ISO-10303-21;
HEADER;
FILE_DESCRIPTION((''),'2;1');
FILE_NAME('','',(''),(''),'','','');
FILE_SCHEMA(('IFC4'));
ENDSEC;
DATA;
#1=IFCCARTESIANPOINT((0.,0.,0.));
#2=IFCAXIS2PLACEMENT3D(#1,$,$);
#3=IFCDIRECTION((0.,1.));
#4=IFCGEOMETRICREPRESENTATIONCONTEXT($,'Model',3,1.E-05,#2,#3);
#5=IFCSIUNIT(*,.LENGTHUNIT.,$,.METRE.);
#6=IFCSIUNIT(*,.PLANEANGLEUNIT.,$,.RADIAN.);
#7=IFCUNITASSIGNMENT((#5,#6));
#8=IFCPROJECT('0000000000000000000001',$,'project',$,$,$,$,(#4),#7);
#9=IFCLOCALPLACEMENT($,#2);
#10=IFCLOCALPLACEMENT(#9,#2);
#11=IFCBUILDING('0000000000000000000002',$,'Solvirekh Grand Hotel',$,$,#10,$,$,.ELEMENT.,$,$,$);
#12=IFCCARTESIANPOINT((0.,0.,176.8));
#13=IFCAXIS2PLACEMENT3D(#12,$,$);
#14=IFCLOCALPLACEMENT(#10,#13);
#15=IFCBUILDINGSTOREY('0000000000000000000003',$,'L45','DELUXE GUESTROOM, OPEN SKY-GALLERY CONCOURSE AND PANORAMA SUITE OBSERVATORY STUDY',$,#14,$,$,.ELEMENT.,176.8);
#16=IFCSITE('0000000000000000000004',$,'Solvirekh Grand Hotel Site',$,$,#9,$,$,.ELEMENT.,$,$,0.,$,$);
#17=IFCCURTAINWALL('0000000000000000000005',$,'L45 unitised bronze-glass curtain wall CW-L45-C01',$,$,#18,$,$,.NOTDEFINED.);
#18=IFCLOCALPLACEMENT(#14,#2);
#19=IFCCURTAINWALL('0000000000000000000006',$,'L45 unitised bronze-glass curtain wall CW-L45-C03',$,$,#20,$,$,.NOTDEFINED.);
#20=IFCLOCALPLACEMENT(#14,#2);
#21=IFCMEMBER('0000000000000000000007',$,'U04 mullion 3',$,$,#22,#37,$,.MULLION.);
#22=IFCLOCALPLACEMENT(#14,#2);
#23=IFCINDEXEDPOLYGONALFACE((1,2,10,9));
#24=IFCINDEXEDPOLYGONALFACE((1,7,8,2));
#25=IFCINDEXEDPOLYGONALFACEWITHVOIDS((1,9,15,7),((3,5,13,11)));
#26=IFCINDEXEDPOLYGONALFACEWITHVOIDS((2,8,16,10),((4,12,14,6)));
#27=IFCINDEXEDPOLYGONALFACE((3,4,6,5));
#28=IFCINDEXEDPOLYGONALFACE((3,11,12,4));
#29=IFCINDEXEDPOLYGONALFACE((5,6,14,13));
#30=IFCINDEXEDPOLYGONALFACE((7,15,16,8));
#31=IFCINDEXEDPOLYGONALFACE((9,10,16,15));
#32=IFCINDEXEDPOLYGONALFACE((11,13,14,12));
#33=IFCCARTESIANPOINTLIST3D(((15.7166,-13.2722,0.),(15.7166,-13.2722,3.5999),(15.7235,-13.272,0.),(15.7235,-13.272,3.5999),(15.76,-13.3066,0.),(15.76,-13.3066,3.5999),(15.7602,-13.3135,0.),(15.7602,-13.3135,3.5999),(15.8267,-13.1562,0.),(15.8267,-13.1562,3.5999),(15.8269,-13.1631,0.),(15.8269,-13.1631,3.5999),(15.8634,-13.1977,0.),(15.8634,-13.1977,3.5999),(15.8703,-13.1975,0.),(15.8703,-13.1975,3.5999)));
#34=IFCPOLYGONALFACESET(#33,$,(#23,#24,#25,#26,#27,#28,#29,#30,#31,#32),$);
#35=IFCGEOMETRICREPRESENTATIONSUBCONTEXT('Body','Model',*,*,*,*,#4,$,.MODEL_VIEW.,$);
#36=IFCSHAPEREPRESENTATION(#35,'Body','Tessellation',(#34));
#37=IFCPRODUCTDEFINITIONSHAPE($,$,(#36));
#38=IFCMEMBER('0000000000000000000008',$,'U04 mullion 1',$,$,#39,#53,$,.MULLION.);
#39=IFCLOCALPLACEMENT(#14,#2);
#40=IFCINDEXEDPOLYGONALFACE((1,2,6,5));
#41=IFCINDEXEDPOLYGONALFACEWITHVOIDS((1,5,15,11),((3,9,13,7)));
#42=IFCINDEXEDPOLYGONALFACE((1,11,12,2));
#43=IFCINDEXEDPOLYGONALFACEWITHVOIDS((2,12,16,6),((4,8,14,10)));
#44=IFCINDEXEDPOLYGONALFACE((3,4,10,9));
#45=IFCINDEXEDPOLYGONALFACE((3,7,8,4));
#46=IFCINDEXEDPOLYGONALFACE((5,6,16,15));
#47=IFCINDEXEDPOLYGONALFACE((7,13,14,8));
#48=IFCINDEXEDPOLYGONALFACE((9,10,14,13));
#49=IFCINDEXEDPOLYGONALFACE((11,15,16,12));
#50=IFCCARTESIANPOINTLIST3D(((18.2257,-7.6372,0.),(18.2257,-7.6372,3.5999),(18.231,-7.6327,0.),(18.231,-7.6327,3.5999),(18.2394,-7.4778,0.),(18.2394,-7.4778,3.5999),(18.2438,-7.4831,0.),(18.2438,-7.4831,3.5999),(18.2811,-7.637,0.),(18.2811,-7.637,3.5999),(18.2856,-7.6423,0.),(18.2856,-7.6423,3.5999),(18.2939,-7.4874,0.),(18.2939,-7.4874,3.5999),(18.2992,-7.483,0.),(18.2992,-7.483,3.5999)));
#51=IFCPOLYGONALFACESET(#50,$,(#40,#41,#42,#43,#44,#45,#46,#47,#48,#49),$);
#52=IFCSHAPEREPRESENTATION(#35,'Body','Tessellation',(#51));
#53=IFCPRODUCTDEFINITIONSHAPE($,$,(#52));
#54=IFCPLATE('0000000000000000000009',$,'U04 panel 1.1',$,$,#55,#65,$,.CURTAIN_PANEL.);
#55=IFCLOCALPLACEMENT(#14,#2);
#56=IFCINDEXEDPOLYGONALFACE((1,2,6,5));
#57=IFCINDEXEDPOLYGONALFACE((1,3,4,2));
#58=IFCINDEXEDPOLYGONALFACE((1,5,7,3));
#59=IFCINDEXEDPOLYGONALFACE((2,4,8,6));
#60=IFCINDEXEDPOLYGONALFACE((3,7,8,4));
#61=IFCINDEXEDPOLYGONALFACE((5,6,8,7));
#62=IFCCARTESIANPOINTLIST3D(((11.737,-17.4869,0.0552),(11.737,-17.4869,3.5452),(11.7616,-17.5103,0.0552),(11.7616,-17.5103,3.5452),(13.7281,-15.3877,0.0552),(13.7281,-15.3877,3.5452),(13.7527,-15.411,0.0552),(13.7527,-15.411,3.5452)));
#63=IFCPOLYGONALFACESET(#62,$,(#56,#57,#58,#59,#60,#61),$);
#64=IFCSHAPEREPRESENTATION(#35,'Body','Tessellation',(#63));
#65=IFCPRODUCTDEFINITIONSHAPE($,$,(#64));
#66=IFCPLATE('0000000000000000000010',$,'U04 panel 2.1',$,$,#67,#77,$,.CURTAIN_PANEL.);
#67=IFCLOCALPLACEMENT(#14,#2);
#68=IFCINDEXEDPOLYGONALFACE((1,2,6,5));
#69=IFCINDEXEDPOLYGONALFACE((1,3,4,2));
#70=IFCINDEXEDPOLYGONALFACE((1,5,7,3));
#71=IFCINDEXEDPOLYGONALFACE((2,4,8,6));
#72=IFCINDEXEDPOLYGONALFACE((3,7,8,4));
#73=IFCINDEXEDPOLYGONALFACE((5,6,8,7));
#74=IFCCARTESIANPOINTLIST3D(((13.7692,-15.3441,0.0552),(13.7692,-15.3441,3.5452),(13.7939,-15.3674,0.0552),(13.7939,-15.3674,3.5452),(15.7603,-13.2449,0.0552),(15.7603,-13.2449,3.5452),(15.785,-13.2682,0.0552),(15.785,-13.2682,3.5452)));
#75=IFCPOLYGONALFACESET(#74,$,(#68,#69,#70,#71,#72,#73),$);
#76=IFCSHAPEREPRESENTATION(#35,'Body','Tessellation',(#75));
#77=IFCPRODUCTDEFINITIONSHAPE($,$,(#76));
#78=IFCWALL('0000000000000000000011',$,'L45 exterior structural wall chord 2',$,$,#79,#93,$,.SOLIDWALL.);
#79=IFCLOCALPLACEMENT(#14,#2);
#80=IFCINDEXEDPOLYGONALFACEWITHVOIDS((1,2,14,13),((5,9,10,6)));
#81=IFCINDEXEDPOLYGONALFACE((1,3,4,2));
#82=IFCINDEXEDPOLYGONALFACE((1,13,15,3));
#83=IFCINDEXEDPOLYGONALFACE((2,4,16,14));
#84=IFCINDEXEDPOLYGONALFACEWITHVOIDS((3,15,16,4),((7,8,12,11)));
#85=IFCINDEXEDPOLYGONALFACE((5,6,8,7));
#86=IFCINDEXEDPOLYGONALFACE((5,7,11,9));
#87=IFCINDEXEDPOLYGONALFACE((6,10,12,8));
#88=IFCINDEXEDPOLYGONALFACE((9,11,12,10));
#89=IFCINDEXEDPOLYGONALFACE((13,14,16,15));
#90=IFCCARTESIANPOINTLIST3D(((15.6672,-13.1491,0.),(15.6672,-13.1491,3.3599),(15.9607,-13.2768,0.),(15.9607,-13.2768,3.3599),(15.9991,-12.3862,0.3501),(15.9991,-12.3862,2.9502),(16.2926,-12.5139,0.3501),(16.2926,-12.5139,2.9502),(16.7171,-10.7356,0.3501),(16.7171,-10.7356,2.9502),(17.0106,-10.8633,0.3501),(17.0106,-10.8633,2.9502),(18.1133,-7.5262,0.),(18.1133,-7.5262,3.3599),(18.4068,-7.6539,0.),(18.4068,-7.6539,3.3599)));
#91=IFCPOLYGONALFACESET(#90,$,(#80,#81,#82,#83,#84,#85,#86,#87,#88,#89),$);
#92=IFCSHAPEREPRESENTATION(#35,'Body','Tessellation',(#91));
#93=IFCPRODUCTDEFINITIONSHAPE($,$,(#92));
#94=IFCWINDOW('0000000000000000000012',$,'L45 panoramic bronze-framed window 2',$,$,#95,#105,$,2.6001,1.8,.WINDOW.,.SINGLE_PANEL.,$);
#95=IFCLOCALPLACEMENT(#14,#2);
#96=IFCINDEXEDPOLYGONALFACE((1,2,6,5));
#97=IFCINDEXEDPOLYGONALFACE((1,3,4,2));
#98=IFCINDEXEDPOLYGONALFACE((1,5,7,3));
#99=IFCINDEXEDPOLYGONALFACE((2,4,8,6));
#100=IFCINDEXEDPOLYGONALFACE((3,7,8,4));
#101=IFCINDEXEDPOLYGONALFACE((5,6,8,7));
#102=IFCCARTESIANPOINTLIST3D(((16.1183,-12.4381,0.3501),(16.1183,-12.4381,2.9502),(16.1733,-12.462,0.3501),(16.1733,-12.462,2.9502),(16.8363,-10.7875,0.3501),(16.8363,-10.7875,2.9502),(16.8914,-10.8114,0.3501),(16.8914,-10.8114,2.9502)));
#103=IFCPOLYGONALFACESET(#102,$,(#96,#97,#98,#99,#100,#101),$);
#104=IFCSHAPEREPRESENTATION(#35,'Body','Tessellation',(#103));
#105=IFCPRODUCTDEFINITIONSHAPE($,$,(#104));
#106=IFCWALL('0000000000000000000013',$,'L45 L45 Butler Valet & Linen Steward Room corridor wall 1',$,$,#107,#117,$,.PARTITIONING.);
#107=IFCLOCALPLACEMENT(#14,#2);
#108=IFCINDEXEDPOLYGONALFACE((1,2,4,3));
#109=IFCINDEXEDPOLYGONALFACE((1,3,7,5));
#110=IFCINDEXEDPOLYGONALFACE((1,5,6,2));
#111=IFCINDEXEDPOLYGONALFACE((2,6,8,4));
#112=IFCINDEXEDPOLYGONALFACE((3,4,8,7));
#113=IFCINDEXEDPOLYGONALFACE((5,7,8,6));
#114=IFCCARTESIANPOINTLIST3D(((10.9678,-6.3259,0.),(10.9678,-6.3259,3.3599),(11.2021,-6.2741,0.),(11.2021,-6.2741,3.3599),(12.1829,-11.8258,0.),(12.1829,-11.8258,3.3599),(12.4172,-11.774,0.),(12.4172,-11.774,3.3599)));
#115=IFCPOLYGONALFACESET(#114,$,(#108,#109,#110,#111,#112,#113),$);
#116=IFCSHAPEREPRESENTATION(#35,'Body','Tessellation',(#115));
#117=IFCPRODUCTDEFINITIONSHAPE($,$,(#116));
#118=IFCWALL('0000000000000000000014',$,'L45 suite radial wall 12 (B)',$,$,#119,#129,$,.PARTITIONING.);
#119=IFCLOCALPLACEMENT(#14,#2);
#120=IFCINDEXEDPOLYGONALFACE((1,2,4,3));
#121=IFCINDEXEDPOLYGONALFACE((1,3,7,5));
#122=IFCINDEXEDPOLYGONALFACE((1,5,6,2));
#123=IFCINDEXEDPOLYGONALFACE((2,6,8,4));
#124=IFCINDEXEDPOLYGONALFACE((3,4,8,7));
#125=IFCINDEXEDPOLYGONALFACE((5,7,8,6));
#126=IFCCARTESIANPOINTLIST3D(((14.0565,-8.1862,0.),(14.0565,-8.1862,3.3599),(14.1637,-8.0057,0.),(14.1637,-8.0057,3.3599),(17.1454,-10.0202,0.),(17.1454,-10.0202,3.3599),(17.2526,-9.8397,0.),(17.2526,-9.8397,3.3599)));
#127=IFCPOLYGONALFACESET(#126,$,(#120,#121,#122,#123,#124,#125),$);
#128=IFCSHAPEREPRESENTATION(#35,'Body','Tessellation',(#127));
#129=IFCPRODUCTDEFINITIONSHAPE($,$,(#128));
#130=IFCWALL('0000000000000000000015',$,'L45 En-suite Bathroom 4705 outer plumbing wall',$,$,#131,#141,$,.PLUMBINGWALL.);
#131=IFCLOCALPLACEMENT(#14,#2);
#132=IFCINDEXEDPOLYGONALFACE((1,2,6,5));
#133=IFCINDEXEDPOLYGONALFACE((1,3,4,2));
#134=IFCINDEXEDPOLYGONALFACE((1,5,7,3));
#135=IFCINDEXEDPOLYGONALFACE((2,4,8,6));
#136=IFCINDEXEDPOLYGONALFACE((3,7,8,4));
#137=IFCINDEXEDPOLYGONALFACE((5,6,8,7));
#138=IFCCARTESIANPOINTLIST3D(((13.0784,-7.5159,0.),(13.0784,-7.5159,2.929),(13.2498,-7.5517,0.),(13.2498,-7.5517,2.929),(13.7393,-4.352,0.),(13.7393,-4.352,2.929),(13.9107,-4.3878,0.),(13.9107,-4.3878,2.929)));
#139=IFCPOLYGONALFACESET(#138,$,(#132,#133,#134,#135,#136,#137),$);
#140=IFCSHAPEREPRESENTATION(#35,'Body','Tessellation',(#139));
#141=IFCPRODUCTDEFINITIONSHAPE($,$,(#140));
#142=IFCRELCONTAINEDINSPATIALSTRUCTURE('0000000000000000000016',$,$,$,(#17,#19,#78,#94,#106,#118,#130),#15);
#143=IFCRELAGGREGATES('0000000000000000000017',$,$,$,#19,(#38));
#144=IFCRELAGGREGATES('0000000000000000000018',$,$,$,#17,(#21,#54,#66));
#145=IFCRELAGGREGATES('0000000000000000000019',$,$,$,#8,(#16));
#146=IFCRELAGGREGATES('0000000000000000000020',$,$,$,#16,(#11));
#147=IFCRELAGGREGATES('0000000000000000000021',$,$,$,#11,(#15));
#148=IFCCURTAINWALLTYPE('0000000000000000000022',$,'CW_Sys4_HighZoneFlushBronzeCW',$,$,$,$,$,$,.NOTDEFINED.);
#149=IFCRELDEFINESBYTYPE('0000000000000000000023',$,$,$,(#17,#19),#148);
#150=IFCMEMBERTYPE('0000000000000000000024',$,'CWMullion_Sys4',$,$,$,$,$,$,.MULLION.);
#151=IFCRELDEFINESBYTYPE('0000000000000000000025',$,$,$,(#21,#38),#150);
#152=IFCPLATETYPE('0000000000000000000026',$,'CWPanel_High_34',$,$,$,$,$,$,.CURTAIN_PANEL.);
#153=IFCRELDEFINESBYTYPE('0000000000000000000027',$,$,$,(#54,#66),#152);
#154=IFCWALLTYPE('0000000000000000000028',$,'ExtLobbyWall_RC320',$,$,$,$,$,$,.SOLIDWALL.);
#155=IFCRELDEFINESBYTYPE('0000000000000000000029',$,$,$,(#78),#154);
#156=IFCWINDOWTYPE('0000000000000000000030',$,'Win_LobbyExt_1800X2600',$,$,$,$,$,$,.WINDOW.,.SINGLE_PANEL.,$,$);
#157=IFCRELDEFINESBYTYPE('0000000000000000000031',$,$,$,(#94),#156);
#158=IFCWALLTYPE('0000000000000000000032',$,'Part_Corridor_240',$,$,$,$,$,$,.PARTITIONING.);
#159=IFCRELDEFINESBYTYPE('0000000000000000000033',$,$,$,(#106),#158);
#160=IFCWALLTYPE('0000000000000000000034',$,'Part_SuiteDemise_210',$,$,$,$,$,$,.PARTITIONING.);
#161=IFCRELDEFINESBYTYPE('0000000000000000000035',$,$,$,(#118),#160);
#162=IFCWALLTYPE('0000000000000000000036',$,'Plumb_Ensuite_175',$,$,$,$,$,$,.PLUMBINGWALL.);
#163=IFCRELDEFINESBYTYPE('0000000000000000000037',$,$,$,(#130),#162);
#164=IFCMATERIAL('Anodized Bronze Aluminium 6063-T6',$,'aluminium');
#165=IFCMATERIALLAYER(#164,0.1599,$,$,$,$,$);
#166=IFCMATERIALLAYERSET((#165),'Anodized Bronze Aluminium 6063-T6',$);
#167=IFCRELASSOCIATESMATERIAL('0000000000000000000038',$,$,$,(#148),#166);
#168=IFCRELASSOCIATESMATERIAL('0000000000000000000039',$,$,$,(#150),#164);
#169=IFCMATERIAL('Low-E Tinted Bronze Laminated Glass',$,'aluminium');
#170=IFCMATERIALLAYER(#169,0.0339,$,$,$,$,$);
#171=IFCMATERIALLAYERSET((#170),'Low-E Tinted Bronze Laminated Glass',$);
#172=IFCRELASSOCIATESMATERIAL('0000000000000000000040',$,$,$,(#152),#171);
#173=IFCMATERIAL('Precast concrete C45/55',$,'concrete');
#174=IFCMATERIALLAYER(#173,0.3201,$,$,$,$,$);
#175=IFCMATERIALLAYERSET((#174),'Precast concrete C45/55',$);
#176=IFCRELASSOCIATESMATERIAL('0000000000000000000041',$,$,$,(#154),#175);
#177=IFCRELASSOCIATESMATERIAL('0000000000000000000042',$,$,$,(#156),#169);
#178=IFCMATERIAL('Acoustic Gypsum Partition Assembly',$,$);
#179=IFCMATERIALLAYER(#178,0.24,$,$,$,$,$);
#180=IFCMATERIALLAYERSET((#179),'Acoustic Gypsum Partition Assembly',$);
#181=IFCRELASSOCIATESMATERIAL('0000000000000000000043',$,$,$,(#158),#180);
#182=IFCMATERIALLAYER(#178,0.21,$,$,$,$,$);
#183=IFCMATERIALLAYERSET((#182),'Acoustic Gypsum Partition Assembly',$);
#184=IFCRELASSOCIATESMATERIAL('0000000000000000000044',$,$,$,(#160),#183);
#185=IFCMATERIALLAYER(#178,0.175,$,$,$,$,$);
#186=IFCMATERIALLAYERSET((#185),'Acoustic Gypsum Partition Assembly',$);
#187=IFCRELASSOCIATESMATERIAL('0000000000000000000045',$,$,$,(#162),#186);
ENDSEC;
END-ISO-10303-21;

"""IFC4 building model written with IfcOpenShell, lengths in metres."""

from ifc_helpers import new_model, si_unit, direction, frame, frame_2d, origin, origin_2d, place, context, subcontext, project, spatial, rectangle, hollow_rectangle, extrude, source, transform, mapped, material, layer, layer_set, material_profile, profile_set, type_object, element, fill, aggregate, save


model = new_model("IFC4")

# Units and contexts
model_context = context("Model", 3, precision=1e-05, world=origin(), true_north=direction((0.0, 1.0)))
body_context = subcontext(model_context, "Body", "Model", "MODEL_VIEW")
ifc_project = project(units=[si_unit("LENGTHUNIT", "METRE"), si_unit("PLANEANGLEUNIT", "RADIAN")], contexts=[model_context])

# Site, building, storey
site_placement = place(None, origin())
site = spatial("IfcSite", under=ifc_project, at=site_placement, Name="Solvirekh Grand Hotel Site", CompositionType="ELEMENT", RefElevation=0.0)
building_placement = place(site_placement, origin())
building = spatial("IfcBuilding", under=site, at=building_placement, Name="Solvirekh Grand Hotel", CompositionType="ELEMENT")
storey_placement = place(building_placement, frame((0.0, 0.0, 176.8)))
storey = spatial("IfcBuildingStorey", under=building, at=storey_placement, Name="L45", Description="DELUXE GUESTROOM, OPEN SKY-GALLERY CONCOURSE AND PANORAMA SUITE OBSERVATORY STUDY", CompositionType="ELEMENT", Elevation=176.8)

# Curtain walls
ifc_material_1 = material(Name="Anodized Bronze Aluminium 6063-T6", Category="aluminium")
ifc_layer_1 = layer(ifc_material_1, 0.1599)
ifc_layer_set_1 = layer_set([ifc_layer_1], Name="Anodized Bronze Aluminium 6063-T6")
curtain_wall_type = type_object("IfcCurtainWallType", Name="CW_Sys4_HighZoneFlushBronzeCW", PredefinedType="NOTDEFINED", material=ifc_layer_set_1)
curtain_wall_1_placement = place(storey_placement, origin())
curtain_wall_1 = element("IfcCurtainWall", 1, at=curtain_wall_1_placement, inside=storey, type_object=curtain_wall_type, Name="L45 unitised bronze-glass curtain wall CW-L45-C01", PredefinedType="NOTDEFINED")
curtain_wall_2_placement = place(storey_placement, origin())
curtain_wall_2 = element("IfcCurtainWall", 2, at=curtain_wall_2_placement, inside=storey, type_object=curtain_wall_type, Name="L45 unitised bronze-glass curtain wall CW-L45-C03", PredefinedType="NOTDEFINED")

# Members
ifc_material_profile_1 = material_profile(ifc_material_1, hollow_rectangle(XDim=0.0601, YDim=0.1599, WallThickness=0.0049, at=origin_2d()), Name="ALU RHS 160X60X5")
ifc_profile_set_1 = profile_set([ifc_material_profile_1], Name="Anodized Bronze Aluminium 6063-T6")
member_type_1 = type_object("IfcMemberType", Name="CWMullion_Sys4", PredefinedType="MULLION", material=ifc_profile_set_1)
shared_shape_1 = source(origin(), body_context, "Body", "SweptSolid", [
    extrude(hollow_rectangle(XDim=0.0601, YDim=0.1599, WallThickness=0.0049, at=origin_2d()), origin(), (0.0, 0.0, 1.0), 3.5999),
])
member_1_placement = place(storey_placement, frame((15.7935, -13.2349, 0.0), z_axis=(0.0, 0.0, 1.0), x_axis=(-0.725547, 0.688172, 0.0)))
member_1 = element("IfcMember", 3, at=member_1_placement, type_object=member_type_1, Name="U04 mullion 3", PredefinedType="MULLION", context=body_context, shape_type="MappedRepresentation", body=[
    mapped(shared_shape_1, transform((0.0, 0.0, 0.0), x_axis=(1.0, 0.0, 0.0), y_axis=(0.0, 1.0, 0.0), z_axis=(0.0, 0.0, 1.0), scale=1.0)),
])
member_2_placement = place(storey_placement, frame((18.2625, -7.5601, 0.0), z_axis=(0.0, 0.0, 1.0), x_axis=(-0.996355, 0.085299, 0.0)))
member_2 = element("IfcMember", 4, at=member_2_placement, type_object=member_type_1, Name="U04 mullion 1", PredefinedType="MULLION", context=body_context, shape_type="MappedRepresentation", body=[
    mapped(shared_shape_1, transform((0.0, 0.0, 0.0), x_axis=(1.0, 0.0, 0.0), y_axis=(0.0, 1.0, 0.0), z_axis=(0.0, 0.0, 1.0), scale=1.0)),
])
aggregate(curtain_wall_2, [member_2])

# Plates
ifc_material_2 = material(Name="Low-E Tinted Bronze Laminated Glass", Category="aluminium")
ifc_layer_2 = layer(ifc_material_2, 0.0339)
ifc_layer_set_2 = layer_set([ifc_layer_2], Name="Low-E Tinted Bronze Laminated Glass")
plate_type = type_object("IfcPlateType", Name="CWPanel_High_34", PredefinedType="CURTAIN_PANEL", material=ifc_layer_set_2)
shared_shape_2 = source(origin(), body_context, "Body", "SweptSolid", [
    extrude(rectangle(XDim=2.8933, YDim=0.0339, at=origin_2d()), origin(), (0.0, 0.0, 1.0), 3.49),
])
plate_1_placement = place(storey_placement, frame((12.7449, -16.449, 0.0552), z_axis=(0.0, 0.0, 1.0), x_axis=(0.688172, 0.725547, 0.0)))
plate_1 = element("IfcPlate", 5, at=plate_1_placement, type_object=plate_type, Name="U04 panel 1.1", PredefinedType="CURTAIN_PANEL", context=body_context, shape_type="MappedRepresentation", body=[
    mapped(shared_shape_2, transform((0.0, 0.0, 0.0), x_axis=(1.0, 0.0, 0.0), y_axis=(0.0, 1.0, 0.0), z_axis=(0.0, 0.0, 1.0), scale=1.0)),
])
plate_2_placement = place(storey_placement, frame((14.7771, -14.3062, 0.0552), z_axis=(0.0, 0.0, 1.0), x_axis=(0.688172, 0.725547, 0.0)))
plate_2 = element("IfcPlate", 6, at=plate_2_placement, type_object=plate_type, Name="U04 panel 2.1", PredefinedType="CURTAIN_PANEL", context=body_context, shape_type="MappedRepresentation", body=[
    mapped(shared_shape_2, transform((0.0, 0.0, 0.0), x_axis=(1.0, 0.0, 0.0), y_axis=(0.0, 1.0, 0.0), z_axis=(0.0, 0.0, 1.0), scale=1.0)),
])
aggregate(curtain_wall_1, [member_1, plate_1, plate_2])

# Wall, opening, window
ifc_material_3 = material(Name="Precast concrete C45/55", Category="concrete")
ifc_layer_3 = layer(ifc_material_3, 0.3201)
ifc_layer_set_3 = layer_set([ifc_layer_3], Name="Precast concrete C45/55")
wall_type_1 = type_object("IfcWallType", Name="ExtLobbyWall_RC320", PredefinedType="SOLIDWALL", material=ifc_layer_set_3)
wall_1_placement = place(storey_placement, frame((18.26, -7.5901, 0.0), z_axis=(0.0, 0.0, 1.0), x_axis=(-0.398911, -0.91699, 0.0)))
wall_1 = element("IfcWall", 7, at=wall_1_placement, inside=storey, type_object=wall_type_1, Name="L45 exterior structural wall chord 2", PredefinedType="SOLIDWALL", context=body_context, shape_type="SweptSolid", body=[
    extrude(rectangle(XDim=6.1318, YDim=0.3201, at=frame_2d((3.0659, 0.0))), origin(), (0.0, 0.0, 1.0), 3.3599),
])
opening_placement = place(wall_1_placement, frame((3.5, 0.0, 0.3501)))
opening = element("IfcOpeningElement", 8, at=opening_placement, cuts=wall_1, PredefinedType="OPENING", context=body_context, shape_type="SweptSolid", body=[
    extrude(rectangle(XDim=1.8, YDim=2.6001, at=frame_2d((0.8999, 1.3))), frame((0.0, 0.1699, 0.0), z_axis=(0.0, -1.0, 0.0), x_axis=(1.0, 0.0, 0.0)), (0.0, 0.0, 1.0), 0.3401),
])
window_type = type_object("IfcWindowType", Name="Win_LobbyExt_1800X2600", PartitioningType="SINGLE_PANEL", PredefinedType="WINDOW", material=ifc_material_2)
window_placement = place(opening_placement, origin())
window = element("IfcWindow", 9, at=window_placement, inside=storey, type_object=window_type, Name="L45 panoramic bronze-framed window 2", OverallHeight=2.6001, OverallWidth=1.8, PartitioningType="SINGLE_PANEL", PredefinedType="WINDOW", context=body_context, shape_type="SweptSolid", body=[
    extrude(rectangle(XDim=1.8, YDim=2.6001, at=frame_2d((0.8999, 1.3))), frame((0.0, 0.03, 0.0), z_axis=(0.0, -1.0, 0.0), x_axis=(1.0, 0.0, 0.0)), (0.0, 0.0, 1.0), 0.0601),
])
fill(opening, window)

# Walls
ifc_material_4 = material(Name="Acoustic Gypsum Partition Assembly")
ifc_layer_4 = layer(ifc_material_4, 0.24)
ifc_layer_set_4 = layer_set([ifc_layer_4], Name="Acoustic Gypsum Partition Assembly")
wall_type_2 = type_object("IfcWallType", Name="Part_Corridor_240", PredefinedType="PARTITIONING", material=ifc_layer_set_4)
wall_2_placement = place(storey_placement, frame((12.3, -11.8, 0.0), z_axis=(0.0, 0.0, 1.0), x_axis=(-0.215723, 0.976455, 0.0)))
element("IfcWall", 10, at=wall_2_placement, inside=storey, type_object=wall_type_2, Name="L45 L45 Butler Valet & Linen Steward Room corridor wall 1", PredefinedType="PARTITIONING", context=body_context, shape_type="SweptSolid", body=[
    extrude(rectangle(XDim=5.6326, YDim=0.24, at=frame_2d((2.8164, 0.0))), origin(), (0.0, 0.0, 1.0), 3.3599),
])
ifc_layer_5 = layer(ifc_material_4, 0.21)
ifc_layer_set_5 = layer_set([ifc_layer_5], Name="Acoustic Gypsum Partition Assembly")
wall_type_3 = type_object("IfcWallType", Name="Part_SuiteDemise_210", PredefinedType="PARTITIONING", material=ifc_layer_set_5)
wall_3_placement = place(storey_placement, frame((14.1101, -8.0959, 0.0), z_axis=(0.0, 0.0, 1.0), x_axis=(0.859858, -0.510532, 0.0)))
element("IfcWall", 11, at=wall_3_placement, inside=storey, type_object=wall_type_3, Name="L45 suite radial wall 12 (B)", PredefinedType="PARTITIONING", context=body_context, shape_type="SweptSolid", body=[
    extrude(rectangle(XDim=3.5923, YDim=0.21, at=frame_2d((1.7961, 0.0))), origin(), (0.0, 0.0, 1.0), 3.3599),
])
ifc_layer_6 = layer(ifc_material_4, 0.175)
ifc_layer_set_6 = layer_set([ifc_layer_6], Name="Acoustic Gypsum Partition Assembly")
wall_type_4 = type_object("IfcWallType", Name="Plumb_Ensuite_175", PredefinedType="PLUMBINGWALL", material=ifc_layer_set_6)
wall_4_placement = place(storey_placement, frame((13.1641, -7.5339, 0.0), z_axis=(0.0, 0.0, 1.0), x_axis=(0.204476, 0.978872, 0.0)))
element("IfcWall", 12, at=wall_4_placement, inside=storey, type_object=wall_type_4, Name="L45 En-suite Bathroom 4705 outer plumbing wall", PredefinedType="PLUMBINGWALL", context=body_context, shape_type="SweptSolid", body=[
    extrude(rectangle(XDim=3.2322, YDim=0.175, at=frame_2d((1.6162, 0.0))), origin(), (0.0, 0.0, 1.0), 2.929),
])

save(model, "model.ifc")
